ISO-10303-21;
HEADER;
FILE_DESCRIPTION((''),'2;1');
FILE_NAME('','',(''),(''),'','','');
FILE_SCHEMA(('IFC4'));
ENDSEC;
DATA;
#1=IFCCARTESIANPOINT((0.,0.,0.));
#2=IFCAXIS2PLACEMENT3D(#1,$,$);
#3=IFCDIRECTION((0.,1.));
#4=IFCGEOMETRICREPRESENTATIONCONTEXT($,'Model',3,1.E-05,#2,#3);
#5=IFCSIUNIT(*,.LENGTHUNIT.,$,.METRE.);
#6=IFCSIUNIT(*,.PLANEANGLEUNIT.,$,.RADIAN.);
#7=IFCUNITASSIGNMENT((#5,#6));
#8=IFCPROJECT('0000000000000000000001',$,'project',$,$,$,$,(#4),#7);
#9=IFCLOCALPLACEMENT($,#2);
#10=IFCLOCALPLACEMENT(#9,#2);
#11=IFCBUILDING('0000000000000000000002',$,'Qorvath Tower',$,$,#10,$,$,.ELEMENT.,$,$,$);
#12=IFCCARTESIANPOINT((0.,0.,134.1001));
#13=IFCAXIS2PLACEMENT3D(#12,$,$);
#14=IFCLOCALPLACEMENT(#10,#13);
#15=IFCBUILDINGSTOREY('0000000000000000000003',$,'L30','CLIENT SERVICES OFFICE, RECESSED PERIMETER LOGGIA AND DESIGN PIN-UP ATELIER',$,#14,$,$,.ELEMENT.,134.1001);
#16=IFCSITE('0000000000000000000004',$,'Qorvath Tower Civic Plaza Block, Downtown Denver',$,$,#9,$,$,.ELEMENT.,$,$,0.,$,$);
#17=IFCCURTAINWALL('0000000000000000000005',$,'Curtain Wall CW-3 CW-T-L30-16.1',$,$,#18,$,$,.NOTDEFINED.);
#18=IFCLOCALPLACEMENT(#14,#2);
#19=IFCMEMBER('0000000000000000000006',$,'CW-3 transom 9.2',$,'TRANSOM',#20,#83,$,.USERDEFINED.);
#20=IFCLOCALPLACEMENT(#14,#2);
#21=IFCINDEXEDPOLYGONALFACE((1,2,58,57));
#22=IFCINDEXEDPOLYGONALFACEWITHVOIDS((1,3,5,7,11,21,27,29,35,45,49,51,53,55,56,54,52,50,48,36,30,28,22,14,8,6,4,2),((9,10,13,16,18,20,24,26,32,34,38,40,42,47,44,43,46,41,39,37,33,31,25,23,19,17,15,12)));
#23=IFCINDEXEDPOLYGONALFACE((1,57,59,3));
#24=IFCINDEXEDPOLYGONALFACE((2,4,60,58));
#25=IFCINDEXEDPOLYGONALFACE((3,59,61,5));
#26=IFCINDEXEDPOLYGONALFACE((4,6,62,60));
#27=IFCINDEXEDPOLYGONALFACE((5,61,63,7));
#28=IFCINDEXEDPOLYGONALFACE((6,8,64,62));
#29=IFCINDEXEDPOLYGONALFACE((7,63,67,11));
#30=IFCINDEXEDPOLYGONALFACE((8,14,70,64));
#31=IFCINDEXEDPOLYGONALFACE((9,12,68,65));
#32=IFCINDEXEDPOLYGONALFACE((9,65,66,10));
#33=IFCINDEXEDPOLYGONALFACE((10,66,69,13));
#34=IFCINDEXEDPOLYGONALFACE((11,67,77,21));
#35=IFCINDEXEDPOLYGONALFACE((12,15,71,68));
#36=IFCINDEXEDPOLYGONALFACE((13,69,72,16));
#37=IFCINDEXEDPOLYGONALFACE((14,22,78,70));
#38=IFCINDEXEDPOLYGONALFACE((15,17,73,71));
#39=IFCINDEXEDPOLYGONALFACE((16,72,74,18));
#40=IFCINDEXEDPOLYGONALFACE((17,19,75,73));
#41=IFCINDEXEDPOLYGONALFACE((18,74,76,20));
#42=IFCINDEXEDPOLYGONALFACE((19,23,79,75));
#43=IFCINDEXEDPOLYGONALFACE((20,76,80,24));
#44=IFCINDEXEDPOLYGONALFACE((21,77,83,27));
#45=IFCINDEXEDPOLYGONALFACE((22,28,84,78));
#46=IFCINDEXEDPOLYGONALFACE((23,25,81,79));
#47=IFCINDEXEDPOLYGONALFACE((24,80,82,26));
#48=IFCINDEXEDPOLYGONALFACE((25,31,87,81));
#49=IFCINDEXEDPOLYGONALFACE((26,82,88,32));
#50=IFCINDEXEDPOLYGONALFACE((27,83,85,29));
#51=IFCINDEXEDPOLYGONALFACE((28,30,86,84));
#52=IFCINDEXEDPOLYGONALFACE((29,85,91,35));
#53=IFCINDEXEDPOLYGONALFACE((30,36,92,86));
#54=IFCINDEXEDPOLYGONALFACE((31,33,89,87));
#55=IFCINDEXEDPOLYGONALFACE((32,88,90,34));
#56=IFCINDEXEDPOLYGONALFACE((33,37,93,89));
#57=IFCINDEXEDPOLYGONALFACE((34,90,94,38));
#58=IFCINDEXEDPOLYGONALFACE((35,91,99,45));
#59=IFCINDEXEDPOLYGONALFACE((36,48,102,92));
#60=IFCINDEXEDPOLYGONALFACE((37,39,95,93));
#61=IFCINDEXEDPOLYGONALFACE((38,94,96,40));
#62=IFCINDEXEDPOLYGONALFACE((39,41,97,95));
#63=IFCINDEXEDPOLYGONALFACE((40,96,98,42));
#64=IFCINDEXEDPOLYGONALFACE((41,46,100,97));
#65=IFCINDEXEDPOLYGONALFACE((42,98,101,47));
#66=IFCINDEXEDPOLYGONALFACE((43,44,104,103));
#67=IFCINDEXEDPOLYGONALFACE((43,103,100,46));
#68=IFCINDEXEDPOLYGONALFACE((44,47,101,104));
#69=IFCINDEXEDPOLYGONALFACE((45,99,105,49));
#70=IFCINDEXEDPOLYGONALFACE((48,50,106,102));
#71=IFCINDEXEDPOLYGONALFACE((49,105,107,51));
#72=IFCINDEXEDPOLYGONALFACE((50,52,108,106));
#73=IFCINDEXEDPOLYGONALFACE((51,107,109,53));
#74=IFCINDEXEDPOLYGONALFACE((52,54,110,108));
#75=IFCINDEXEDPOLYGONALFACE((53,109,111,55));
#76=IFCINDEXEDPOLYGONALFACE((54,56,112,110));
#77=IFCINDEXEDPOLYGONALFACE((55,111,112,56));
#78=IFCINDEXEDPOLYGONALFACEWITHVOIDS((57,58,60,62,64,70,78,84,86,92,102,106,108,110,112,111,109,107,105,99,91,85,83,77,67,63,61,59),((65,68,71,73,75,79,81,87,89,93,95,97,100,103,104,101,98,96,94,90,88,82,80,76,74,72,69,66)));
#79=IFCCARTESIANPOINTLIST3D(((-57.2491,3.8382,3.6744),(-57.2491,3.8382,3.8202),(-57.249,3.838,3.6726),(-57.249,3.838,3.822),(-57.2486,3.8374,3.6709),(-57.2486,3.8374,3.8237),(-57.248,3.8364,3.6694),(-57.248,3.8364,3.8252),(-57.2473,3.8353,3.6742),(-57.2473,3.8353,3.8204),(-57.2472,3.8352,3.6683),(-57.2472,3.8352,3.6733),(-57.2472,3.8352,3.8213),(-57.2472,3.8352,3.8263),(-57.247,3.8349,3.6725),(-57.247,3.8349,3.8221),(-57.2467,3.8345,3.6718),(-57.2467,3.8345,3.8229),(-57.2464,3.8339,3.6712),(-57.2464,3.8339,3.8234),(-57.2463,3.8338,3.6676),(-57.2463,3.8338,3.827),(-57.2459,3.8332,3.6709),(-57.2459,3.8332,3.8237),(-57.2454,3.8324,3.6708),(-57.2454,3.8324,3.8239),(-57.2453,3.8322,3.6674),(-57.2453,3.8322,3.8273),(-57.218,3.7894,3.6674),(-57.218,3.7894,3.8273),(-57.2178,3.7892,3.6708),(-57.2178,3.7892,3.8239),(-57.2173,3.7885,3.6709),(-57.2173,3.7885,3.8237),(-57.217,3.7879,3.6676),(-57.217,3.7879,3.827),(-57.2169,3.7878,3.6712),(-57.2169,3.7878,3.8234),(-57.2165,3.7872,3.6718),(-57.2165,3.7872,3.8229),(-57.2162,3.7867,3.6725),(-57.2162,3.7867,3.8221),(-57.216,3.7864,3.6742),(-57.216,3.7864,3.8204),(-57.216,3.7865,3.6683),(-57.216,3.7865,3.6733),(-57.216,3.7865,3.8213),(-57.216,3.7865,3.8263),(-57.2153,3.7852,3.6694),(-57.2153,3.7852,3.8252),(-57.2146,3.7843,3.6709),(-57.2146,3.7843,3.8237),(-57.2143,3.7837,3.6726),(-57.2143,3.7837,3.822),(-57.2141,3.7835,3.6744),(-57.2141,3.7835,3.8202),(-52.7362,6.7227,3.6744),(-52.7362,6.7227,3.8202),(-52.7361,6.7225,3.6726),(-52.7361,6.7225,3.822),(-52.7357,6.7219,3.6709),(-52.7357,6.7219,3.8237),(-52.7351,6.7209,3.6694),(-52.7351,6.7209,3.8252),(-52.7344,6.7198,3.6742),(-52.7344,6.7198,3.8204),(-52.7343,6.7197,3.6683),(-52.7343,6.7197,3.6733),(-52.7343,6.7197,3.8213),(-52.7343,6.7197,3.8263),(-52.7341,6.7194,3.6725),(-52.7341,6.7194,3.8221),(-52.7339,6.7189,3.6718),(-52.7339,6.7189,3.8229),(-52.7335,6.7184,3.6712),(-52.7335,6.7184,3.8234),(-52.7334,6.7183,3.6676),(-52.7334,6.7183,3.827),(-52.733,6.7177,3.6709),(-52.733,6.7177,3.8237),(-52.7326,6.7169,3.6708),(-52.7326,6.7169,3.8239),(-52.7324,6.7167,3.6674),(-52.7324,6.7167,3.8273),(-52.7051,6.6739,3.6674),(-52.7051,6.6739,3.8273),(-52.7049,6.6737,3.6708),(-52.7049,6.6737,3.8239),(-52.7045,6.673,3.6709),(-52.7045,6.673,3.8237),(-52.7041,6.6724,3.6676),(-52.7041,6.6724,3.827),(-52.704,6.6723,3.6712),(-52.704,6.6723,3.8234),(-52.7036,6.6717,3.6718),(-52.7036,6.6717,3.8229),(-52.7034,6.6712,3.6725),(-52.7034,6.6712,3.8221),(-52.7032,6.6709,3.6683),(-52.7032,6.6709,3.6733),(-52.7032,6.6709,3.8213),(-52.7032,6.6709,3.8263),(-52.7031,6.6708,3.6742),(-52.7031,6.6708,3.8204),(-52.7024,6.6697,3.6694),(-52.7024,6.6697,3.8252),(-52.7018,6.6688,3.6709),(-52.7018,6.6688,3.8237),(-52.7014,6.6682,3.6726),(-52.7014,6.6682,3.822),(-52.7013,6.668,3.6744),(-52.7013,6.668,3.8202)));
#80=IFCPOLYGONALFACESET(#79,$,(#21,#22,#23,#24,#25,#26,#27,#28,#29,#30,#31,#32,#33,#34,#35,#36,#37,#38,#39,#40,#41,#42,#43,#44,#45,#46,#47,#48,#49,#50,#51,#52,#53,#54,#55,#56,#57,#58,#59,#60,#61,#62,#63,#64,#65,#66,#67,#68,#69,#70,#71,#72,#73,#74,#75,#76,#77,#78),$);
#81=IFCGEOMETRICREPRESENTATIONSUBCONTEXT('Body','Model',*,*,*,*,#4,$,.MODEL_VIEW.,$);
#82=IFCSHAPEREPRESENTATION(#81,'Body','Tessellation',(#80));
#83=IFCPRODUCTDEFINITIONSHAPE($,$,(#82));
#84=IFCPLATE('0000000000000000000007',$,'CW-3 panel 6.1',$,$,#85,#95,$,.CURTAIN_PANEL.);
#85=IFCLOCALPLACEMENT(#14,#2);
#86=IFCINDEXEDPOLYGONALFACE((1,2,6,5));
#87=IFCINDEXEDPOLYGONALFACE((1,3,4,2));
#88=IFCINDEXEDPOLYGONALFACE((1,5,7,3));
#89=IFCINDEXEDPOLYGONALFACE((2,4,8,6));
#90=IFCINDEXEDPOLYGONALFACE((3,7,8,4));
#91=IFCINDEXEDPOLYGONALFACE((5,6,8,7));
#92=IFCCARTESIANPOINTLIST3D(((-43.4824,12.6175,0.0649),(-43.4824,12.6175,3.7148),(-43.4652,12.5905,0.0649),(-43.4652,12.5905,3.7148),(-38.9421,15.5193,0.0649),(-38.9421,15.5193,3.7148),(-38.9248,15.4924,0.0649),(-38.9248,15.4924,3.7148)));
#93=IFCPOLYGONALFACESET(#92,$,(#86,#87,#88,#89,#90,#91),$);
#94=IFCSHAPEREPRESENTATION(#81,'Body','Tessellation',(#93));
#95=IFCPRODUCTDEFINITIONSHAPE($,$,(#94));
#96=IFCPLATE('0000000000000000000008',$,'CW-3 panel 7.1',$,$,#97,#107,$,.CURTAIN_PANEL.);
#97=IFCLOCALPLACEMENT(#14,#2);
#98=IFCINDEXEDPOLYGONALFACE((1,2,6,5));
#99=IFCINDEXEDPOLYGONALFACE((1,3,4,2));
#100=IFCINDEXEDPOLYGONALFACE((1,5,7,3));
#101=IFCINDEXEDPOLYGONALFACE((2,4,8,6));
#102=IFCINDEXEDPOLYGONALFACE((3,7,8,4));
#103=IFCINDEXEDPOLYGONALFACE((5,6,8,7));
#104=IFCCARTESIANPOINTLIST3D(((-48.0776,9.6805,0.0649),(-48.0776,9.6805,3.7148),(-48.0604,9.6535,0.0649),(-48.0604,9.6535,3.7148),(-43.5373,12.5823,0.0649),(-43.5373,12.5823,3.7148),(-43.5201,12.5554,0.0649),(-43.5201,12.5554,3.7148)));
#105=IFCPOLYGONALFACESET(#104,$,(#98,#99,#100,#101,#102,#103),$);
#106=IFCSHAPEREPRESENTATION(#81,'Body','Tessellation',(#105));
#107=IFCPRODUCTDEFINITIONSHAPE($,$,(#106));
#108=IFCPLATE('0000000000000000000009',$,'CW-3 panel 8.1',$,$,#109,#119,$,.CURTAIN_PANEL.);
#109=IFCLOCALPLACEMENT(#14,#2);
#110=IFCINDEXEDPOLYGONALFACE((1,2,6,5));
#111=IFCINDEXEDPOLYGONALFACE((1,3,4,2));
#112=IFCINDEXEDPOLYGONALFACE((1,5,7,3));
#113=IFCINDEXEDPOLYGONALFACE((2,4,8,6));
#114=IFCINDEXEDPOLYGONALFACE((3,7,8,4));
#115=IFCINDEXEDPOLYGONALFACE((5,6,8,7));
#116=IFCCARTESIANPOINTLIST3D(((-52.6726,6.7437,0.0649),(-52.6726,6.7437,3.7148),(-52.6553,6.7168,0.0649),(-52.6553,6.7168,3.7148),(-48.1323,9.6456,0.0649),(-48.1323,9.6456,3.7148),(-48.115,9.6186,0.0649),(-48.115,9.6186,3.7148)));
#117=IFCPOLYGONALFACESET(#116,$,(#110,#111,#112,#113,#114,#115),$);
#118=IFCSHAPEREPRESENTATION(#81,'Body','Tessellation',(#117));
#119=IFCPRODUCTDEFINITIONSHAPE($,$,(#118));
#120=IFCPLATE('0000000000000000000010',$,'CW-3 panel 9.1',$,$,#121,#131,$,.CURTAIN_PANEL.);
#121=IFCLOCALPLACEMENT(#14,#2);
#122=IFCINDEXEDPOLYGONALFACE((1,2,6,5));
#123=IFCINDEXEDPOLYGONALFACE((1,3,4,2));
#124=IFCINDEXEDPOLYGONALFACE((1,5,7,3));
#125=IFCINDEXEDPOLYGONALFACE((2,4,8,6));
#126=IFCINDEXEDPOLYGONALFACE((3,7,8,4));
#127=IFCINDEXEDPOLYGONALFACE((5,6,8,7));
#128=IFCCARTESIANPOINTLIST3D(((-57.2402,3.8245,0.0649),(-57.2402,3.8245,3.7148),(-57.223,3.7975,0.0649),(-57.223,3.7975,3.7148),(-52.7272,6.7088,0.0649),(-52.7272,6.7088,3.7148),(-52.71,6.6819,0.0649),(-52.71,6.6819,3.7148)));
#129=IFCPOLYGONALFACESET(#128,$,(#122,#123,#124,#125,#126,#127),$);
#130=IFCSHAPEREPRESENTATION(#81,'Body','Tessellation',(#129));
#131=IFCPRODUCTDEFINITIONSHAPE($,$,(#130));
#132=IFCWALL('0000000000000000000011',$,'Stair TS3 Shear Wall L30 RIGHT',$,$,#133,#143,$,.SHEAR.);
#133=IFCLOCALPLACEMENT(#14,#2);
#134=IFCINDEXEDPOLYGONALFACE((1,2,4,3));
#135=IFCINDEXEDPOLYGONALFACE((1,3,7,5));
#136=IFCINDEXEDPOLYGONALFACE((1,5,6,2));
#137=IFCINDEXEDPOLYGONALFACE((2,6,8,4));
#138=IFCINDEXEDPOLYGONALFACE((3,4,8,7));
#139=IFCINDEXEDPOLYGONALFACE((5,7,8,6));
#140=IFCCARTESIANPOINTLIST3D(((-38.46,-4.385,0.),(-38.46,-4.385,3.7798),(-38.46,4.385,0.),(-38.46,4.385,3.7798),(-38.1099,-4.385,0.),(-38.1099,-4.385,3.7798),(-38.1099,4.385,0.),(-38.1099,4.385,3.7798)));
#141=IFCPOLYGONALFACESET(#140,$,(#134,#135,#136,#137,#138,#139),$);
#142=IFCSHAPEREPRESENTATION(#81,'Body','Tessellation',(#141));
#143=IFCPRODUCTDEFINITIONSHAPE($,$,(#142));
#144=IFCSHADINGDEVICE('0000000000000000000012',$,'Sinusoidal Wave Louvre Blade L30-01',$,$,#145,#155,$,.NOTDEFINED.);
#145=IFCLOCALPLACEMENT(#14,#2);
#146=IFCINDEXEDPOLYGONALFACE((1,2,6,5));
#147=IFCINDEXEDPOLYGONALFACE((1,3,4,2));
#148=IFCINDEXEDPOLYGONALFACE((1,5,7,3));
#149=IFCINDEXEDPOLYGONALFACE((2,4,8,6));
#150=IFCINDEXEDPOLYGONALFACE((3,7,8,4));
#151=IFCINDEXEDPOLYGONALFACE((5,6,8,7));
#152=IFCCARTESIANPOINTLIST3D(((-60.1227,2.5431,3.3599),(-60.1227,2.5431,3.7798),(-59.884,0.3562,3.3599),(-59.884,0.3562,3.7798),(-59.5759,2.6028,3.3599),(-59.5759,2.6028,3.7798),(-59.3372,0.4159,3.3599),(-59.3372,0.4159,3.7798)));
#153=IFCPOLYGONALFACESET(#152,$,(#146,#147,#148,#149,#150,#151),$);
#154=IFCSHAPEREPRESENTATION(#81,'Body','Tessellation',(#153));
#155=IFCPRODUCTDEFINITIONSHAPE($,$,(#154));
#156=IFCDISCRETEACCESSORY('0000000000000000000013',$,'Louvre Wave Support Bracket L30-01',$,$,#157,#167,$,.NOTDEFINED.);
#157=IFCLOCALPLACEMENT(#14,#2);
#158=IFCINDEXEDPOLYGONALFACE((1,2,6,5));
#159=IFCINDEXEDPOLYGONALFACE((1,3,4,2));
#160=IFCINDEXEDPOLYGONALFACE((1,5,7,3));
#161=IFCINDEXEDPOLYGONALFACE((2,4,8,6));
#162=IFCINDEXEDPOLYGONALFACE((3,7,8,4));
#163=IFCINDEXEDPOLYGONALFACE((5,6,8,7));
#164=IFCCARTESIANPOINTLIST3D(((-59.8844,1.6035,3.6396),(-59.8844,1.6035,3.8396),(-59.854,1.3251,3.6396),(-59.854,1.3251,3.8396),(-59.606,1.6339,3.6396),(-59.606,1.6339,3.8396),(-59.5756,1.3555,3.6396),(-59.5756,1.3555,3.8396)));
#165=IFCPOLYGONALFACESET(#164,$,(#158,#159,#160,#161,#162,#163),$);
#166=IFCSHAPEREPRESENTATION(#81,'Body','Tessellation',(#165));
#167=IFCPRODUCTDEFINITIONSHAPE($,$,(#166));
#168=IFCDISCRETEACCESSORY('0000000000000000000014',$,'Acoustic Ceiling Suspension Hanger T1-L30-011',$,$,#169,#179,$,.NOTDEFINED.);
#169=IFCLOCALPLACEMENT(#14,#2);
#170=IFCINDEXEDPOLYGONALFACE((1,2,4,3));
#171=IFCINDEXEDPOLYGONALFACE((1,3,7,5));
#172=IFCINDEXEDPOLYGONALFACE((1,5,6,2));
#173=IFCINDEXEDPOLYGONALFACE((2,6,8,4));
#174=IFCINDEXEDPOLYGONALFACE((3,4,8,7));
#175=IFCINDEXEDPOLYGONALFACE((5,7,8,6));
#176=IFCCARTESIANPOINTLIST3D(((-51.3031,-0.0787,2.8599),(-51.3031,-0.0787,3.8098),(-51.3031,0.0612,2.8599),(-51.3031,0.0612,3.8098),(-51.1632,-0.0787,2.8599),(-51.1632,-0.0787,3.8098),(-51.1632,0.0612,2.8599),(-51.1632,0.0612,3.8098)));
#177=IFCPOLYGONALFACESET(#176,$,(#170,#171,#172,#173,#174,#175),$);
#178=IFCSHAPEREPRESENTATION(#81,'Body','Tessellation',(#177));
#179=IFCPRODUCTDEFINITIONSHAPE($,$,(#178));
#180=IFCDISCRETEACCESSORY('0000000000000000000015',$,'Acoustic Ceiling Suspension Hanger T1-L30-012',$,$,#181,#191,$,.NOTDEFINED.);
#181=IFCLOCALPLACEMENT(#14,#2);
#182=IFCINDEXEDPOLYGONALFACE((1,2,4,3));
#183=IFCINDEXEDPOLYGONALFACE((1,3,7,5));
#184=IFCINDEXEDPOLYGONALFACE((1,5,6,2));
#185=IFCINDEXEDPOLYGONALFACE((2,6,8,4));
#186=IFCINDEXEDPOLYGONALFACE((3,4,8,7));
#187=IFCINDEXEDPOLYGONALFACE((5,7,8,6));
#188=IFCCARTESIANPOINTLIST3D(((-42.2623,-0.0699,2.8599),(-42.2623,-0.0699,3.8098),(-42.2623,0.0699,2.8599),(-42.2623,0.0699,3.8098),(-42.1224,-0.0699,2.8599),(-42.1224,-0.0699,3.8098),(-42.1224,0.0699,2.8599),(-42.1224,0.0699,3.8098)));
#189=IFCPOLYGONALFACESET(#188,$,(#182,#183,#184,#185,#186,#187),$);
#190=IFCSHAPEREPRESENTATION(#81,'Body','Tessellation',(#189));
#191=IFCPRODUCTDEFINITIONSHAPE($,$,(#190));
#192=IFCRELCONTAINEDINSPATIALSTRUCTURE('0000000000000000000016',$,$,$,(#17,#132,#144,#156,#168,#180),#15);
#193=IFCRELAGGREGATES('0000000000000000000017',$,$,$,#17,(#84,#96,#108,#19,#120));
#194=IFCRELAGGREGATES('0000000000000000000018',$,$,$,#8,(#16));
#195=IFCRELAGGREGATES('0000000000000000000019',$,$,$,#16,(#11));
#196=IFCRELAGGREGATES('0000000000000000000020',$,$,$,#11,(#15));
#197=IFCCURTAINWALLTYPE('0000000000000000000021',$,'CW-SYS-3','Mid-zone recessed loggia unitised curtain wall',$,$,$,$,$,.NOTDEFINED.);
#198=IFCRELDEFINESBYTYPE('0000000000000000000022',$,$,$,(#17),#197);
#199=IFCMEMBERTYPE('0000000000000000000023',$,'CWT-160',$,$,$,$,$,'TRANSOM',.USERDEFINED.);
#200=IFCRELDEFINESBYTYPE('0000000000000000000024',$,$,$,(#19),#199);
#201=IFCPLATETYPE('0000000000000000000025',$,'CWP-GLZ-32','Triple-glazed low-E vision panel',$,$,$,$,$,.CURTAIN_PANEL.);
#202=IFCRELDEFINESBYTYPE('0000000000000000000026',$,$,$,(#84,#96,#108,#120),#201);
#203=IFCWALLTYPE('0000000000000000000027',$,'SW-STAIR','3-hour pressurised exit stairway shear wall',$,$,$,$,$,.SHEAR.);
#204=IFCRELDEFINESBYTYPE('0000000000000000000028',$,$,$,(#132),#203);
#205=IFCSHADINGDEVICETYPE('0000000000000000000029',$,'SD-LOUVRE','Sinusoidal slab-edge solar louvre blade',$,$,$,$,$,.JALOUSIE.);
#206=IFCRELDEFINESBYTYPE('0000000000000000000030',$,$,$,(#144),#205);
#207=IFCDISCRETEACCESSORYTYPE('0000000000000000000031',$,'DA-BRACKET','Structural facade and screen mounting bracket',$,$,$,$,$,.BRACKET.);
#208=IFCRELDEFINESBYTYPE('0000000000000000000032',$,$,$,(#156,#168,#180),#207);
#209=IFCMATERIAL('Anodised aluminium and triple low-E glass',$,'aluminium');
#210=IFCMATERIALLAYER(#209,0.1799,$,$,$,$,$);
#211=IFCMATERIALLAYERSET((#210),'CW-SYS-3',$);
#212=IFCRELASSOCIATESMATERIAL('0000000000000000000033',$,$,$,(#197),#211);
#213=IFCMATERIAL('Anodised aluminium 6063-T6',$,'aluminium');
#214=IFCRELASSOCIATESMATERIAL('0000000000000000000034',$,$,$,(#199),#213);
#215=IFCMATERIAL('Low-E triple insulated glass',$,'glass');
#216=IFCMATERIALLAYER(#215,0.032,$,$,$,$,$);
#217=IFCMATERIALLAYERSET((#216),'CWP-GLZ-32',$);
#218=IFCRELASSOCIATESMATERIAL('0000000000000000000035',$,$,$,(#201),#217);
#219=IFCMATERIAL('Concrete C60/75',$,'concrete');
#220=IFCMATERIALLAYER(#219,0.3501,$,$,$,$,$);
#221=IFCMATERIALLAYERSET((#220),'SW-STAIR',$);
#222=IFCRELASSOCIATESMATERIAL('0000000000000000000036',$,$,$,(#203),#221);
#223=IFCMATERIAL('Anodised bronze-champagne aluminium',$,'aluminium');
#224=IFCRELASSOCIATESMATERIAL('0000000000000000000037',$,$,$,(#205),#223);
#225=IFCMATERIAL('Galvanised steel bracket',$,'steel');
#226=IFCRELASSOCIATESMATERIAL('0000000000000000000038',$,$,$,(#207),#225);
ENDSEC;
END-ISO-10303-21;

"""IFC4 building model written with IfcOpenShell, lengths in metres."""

from ifc_helpers import new_model, si_unit, direction, frame, frame_2d, origin, origin_2d, place, context, subcontext, project, spatial, rectangle, hollow_rectangle, extrude, material, layer, layer_set, material_profile, profile_set, type_object, element, aggregate, save


model = new_model("IFC4")

# Units and contexts
model_context = context("Model", 3, precision=1e-05, world=origin(), true_north=direction((0.0, 1.0)))
body_context = subcontext(model_context, "Body", "Model", "MODEL_VIEW")
ifc_project = project(units=[si_unit("LENGTHUNIT", "METRE"), si_unit("PLANEANGLEUNIT", "RADIAN")], contexts=[model_context])

# Site, building, storey
site_placement = place(None, origin())
site = spatial("IfcSite", under=ifc_project, at=site_placement, Name="Qorvath Tower Civic Plaza Block, Downtown Denver", CompositionType="ELEMENT", RefElevation=0.0)
building_placement = place(site_placement, origin())
building = spatial("IfcBuilding", under=site, at=building_placement, Name="Qorvath Tower", CompositionType="ELEMENT")
storey_placement = place(building_placement, frame((0.0, 0.0, 134.1001)))
storey = spatial("IfcBuildingStorey", under=building, at=storey_placement, Name="L30", Description="CLIENT SERVICES OFFICE, RECESSED PERIMETER LOGGIA AND DESIGN PIN-UP ATELIER", CompositionType="ELEMENT", Elevation=134.1001)

# Curtain wall, member, plates
ifc_material_1 = material(Name="Anodised aluminium and triple low-E glass", Category="aluminium")
ifc_layer_1 = layer(ifc_material_1, 0.1799)
ifc_layer_set_1 = layer_set([ifc_layer_1], Name="CW-SYS-3")
curtain_wall_type = type_object("IfcCurtainWallType", Name="CW-SYS-3", Description="Mid-zone recessed loggia unitised curtain wall", PredefinedType="NOTDEFINED", material=ifc_layer_set_1)
curtain_wall_placement = place(storey_placement, origin())
curtain_wall = element("IfcCurtainWall", 1, at=curtain_wall_placement, inside=storey, type_object=curtain_wall_type, Name="Curtain Wall CW-3 CW-T-L30-16.1", PredefinedType="NOTDEFINED")
ifc_material_2 = material(Name="Anodised aluminium 6063-T6", Category="aluminium")
ifc_material_profile_1 = material_profile(ifc_material_2, hollow_rectangle(XDim=0.0649, YDim=0.1599, WallThickness=0.0034, InnerFilletRadius=0.0034, OuterFilletRadius=0.0071, at=origin_2d()), Name="CWT 160x65")
ifc_profile_set_1 = profile_set([ifc_material_profile_1], Name="Anodised aluminium 6063-T6")
member_type_1 = type_object("IfcMemberType", Name="CWT-160", ElementType="TRANSOM", PredefinedType="USERDEFINED", material=ifc_profile_set_1)
member_1_placement = place(storey_placement, frame((-52.7188, 6.6953, 3.7473), z_axis=(-0.84259, -0.538556, 0.0), x_axis=(0.538556, -0.84259, 0.0)))
member_1 = element("IfcMember", 2, at=member_1_placement, type_object=member_type_1, Name="CW-3 transom 9.2", ObjectType="TRANSOM", PredefinedType="USERDEFINED", context=body_context, shape_type="SweptSolid", body=[
    extrude(hollow_rectangle(XDim=0.0649, YDim=0.1599, WallThickness=0.0034, InnerFilletRadius=0.0034, OuterFilletRadius=0.0071, at=origin_2d()), origin(), (0.0, 0.0, 1.0), 5.356),
])
ifc_material_3 = material(Name="Low-E triple insulated glass", Category="glass")
ifc_layer_2 = layer(ifc_material_3, 0.032)
ifc_layer_set_2 = layer_set([ifc_layer_2], Name="CWP-GLZ-32")
plate_type = type_object("IfcPlateType", Name="CWP-GLZ-32", Description="Triple-glazed low-E vision panel", PredefinedType="CURTAIN_PANEL", material=ifc_layer_set_2)
plate_1_placement = place(storey_placement, frame((-41.2036, 14.0549, 0.0649), z_axis=(0.0, 0.0, 1.0), x_axis=(-0.842604, -0.538534, 0.0)))
plate_1 = element("IfcPlate", 3, at=plate_1_placement, type_object=plate_type, Name="CW-3 panel 6.1", PredefinedType="CURTAIN_PANEL", context=body_context, shape_type="SweptSolid", body=[
    extrude(rectangle(XDim=5.3884, YDim=0.032, at=origin_2d()), origin(), (0.0, 0.0, 1.0), 3.6499),
])
plate_2_placement = place(storey_placement, frame((-45.7988, 11.1179, 0.0649), z_axis=(0.0, 0.0, 1.0), x_axis=(-0.842604, -0.538534, 0.0)))
plate_2 = element("IfcPlate", 4, at=plate_2_placement, type_object=plate_type, Name="CW-3 panel 7.1", PredefinedType="CURTAIN_PANEL", context=body_context, shape_type="SweptSolid", body=[
    extrude(rectangle(XDim=5.3884, YDim=0.032, at=origin_2d()), origin(), (0.0, 0.0, 1.0), 3.6499),
])
plate_3_placement = place(storey_placement, frame((-50.3938, 8.1812, 0.0649), z_axis=(0.0, 0.0, 1.0), x_axis=(-0.842604, -0.538534, 0.0)))
plate_3 = element("IfcPlate", 5, at=plate_3_placement, type_object=plate_type, Name="CW-3 panel 8.1", PredefinedType="CURTAIN_PANEL", context=body_context, shape_type="SweptSolid", body=[
    extrude(rectangle(XDim=5.3884, YDim=0.032, at=origin_2d()), origin(), (0.0, 0.0, 1.0), 3.6499),
])
plate_4_placement = place(storey_placement, frame((-54.9751, 5.2532, 0.0649), z_axis=(0.0, 0.0, 1.0), x_axis=(-0.842604, -0.538534, 0.0)))
plate_4 = element("IfcPlate", 6, at=plate_4_placement, type_object=plate_type, Name="CW-3 panel 9.1", PredefinedType="CURTAIN_PANEL", context=body_context, shape_type="SweptSolid", body=[
    extrude(rectangle(XDim=5.356, YDim=0.032, at=origin_2d()), origin(), (0.0, 0.0, 1.0), 3.6499),
])
aggregate(curtain_wall, [plate_1, plate_2, plate_3, member_1, plate_4])

# Wall
ifc_material_4 = material(Name="Concrete C60/75", Category="concrete")
ifc_layer_3 = layer(ifc_material_4, 0.3501)
ifc_layer_set_3 = layer_set([ifc_layer_3], Name="SW-STAIR")
wall_type = type_object("IfcWallType", Name="SW-STAIR", Description="3-hour pressurised exit stairway shear wall", PredefinedType="SHEAR", material=ifc_layer_set_3)
wall_placement = place(storey_placement, frame((-38.2849, 4.385, 0.0), z_axis=(0.0, 0.0, 1.0), x_axis=(0.0, -1.0, 0.0)))
element("IfcWall", 7, at=wall_placement, inside=storey, type_object=wall_type, Name="Stair TS3 Shear Wall L30 RIGHT", PredefinedType="SHEAR", context=body_context, shape_type="SweptSolid", body=[
    extrude(rectangle(XDim=8.77, YDim=0.3501, at=frame_2d((4.385, 0.0))), origin(), (0.0, 0.0, 1.0), 3.7798),
])

# Shading device
ifc_material_5 = material(Name="Anodised bronze-champagne aluminium", Category="aluminium")
shading_device_type = type_object("IfcShadingDeviceType", Name="SD-LOUVRE", Description="Sinusoidal slab-edge solar louvre blade", PredefinedType="JALOUSIE", material=ifc_material_5)
shading_device_placement = place(storey_placement, frame((-59.73, 1.4795, 3.3599), z_axis=(0.0, 0.0, 1.0), x_axis=(0.108511, -0.994095, 0.0)))
element("IfcShadingDevice", 8, at=shading_device_placement, inside=storey, type_object=shading_device_type, Name="Sinusoidal Wave Louvre Blade L30-01", PredefinedType="NOTDEFINED", context=body_context, shape_type="SweptSolid", body=[
    extrude(rectangle(XDim=2.2, YDim=0.55, at=origin_2d()), origin(), (0.0, 0.0, 1.0), 0.4199),
])

# Discrete accessories
ifc_material_6 = material(Name="Galvanised steel bracket", Category="steel")
discrete_accessory_type = type_object("IfcDiscreteAccessoryType", Name="DA-BRACKET", Description="Structural facade and screen mounting bracket", PredefinedType="BRACKET", material=ifc_material_6)
discrete_accessory_placement = place(storey_placement, frame((-59.73, 1.4795, 3.6396), z_axis=(0.0, 0.0, 1.0), x_axis=(0.108511, -0.994095, 0.0)))
element("IfcDiscreteAccessory", 9, at=discrete_accessory_placement, inside=storey, type_object=discrete_accessory_type, Name="Louvre Wave Support Bracket L30-01", PredefinedType="NOTDEFINED", context=body_context, shape_type="SweptSolid", body=[
    extrude(rectangle(XDim=0.28, YDim=0.28, at=origin_2d()), origin(), (0.0, 0.0, 1.0), 0.2),
])
for number, where, z_axis, x_axis, name in (
    (10, (-51.2332, -0.0088, 2.8599), (0.0, 0.0, 1.0), (1.0, 0.0, 0.0), "Acoustic Ceiling Suspension Hanger T1-L30-011"),
    (11, (-42.1924, 0.0, 2.8599), (0.0, 0.0, 1.0), (1.0, 0.0, 0.0), "Acoustic Ceiling Suspension Hanger T1-L30-012"),
):
    element("IfcDiscreteAccessory", number, at=place(storey_placement, frame(where, z_axis=z_axis, x_axis=x_axis)), inside=storey, type_object=discrete_accessory_type, Name=name, PredefinedType="NOTDEFINED", context=body_context, shape_type="SweptSolid", body=[
        extrude(rectangle(XDim=0.1399, YDim=0.1399, at=origin_2d()), origin(), (0.0, 0.0, 1.0), 0.95),
    ])

save(model, "model.ifc")
